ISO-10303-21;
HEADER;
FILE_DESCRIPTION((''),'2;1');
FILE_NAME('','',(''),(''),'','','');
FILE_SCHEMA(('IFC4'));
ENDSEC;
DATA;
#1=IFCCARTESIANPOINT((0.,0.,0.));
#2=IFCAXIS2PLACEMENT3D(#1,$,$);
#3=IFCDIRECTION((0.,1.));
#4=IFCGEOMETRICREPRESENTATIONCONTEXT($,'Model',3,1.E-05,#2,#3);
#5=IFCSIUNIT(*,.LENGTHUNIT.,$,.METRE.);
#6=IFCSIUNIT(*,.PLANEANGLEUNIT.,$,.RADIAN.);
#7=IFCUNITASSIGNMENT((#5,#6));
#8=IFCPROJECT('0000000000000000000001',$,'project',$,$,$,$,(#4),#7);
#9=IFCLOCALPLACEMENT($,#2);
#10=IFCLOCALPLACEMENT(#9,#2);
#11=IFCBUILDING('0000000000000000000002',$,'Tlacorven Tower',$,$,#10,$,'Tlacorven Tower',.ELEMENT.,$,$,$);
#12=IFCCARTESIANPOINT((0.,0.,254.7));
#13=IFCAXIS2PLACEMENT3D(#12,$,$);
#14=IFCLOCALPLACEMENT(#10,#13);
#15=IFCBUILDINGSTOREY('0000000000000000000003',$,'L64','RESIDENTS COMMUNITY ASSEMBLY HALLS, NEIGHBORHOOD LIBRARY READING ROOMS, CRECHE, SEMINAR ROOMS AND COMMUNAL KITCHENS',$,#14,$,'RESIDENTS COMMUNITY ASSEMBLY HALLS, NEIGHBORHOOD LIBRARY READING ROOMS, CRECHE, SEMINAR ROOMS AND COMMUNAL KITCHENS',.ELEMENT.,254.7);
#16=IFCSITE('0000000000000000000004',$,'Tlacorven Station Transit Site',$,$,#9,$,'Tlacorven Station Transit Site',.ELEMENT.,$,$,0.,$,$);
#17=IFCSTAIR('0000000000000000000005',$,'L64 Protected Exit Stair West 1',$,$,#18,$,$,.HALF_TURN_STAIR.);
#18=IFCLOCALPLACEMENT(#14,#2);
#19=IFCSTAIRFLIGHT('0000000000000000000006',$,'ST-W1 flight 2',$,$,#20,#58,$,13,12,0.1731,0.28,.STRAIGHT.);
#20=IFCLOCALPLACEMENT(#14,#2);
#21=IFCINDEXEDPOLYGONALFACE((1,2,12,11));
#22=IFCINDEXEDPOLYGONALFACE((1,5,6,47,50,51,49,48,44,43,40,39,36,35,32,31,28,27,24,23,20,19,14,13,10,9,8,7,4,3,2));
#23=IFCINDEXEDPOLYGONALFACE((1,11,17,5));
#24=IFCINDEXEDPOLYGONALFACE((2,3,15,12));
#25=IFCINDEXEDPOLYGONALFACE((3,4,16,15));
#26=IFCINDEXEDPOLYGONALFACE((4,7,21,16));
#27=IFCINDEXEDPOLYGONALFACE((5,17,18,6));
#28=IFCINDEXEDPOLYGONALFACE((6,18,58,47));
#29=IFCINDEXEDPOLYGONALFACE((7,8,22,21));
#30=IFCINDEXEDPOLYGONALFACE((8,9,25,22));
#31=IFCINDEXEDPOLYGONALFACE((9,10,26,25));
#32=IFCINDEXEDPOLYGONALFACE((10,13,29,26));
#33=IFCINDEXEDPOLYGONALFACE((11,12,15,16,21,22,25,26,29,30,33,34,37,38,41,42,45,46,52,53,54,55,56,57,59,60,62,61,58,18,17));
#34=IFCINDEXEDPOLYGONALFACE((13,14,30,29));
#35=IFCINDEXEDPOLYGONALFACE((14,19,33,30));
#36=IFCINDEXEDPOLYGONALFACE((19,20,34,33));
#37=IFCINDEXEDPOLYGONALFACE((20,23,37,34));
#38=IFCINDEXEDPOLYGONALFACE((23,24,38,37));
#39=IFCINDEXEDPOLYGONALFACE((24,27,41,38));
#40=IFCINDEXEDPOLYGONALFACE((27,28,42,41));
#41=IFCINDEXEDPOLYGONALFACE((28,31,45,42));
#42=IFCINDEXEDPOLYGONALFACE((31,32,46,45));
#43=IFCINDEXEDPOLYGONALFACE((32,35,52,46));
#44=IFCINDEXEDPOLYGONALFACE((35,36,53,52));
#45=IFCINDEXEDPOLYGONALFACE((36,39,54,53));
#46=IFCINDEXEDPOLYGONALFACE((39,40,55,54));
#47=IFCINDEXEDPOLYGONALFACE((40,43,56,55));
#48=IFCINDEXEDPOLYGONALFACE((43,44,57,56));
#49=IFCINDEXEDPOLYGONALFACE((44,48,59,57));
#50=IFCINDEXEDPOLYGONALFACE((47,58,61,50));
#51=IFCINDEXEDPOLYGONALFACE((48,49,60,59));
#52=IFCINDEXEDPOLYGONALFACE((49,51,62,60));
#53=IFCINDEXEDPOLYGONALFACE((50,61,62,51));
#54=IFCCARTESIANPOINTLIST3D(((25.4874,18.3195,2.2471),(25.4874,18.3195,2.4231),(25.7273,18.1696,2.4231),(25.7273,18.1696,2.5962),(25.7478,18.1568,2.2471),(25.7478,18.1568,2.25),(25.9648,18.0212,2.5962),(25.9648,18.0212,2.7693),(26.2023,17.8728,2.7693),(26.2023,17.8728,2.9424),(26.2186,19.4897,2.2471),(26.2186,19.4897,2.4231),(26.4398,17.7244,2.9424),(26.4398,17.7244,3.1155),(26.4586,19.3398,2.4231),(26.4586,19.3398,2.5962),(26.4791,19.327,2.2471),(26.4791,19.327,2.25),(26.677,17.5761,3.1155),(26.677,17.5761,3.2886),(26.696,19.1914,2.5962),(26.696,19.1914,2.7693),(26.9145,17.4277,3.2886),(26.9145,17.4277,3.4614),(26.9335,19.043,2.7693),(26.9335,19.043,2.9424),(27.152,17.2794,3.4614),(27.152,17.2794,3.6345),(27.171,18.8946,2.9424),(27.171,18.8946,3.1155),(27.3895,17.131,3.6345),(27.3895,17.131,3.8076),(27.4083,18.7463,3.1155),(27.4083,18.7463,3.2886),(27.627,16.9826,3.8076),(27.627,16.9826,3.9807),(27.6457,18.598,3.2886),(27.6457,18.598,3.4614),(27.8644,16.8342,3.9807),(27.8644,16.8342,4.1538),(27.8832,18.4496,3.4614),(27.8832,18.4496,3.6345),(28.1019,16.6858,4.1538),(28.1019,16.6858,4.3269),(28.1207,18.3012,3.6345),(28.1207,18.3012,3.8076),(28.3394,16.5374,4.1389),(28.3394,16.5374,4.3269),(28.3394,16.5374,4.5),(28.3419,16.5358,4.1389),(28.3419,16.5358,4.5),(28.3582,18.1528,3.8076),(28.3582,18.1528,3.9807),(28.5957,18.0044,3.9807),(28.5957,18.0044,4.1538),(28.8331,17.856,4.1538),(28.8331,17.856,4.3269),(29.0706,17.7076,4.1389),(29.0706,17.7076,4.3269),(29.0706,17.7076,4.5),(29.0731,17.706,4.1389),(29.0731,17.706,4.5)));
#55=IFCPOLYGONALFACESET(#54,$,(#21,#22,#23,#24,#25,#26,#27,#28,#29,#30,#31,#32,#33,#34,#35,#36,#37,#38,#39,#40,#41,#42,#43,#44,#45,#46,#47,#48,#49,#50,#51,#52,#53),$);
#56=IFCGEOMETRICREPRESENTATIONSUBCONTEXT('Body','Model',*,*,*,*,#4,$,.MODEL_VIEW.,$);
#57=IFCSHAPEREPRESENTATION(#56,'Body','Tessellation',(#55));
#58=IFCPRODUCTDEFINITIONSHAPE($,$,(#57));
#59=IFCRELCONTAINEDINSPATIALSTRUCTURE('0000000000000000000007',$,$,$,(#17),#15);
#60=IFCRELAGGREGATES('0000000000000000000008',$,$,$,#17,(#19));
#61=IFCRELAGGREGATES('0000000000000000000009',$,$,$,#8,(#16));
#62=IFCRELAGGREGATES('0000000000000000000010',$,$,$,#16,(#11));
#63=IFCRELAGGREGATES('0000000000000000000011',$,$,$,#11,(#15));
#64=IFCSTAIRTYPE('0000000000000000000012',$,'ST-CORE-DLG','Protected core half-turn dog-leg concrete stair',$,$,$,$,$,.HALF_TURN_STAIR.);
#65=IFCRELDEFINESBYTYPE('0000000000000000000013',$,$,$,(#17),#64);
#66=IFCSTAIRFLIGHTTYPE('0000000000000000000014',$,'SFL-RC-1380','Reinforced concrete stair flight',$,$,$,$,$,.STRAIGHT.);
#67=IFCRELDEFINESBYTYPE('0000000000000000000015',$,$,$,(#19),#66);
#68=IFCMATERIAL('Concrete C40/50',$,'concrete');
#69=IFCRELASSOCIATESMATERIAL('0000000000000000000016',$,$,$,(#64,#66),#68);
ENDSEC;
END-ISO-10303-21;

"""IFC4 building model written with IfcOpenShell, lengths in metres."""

from ifc_helpers import new_model, si_unit, direction, frame, origin, place, context, subcontext, project, spatial, polyline, outline, extrude, source, transform, mapped, material, type_object, element, aggregate, save


model = new_model("IFC4")

# Units and contexts
model_context = context("Model", 3, precision=1e-05, world=origin(), true_north=direction((0.0, 1.0)))
body_context = subcontext(model_context, "Body", "Model", "MODEL_VIEW")
ifc_project = project(units=[si_unit("LENGTHUNIT", "METRE"), si_unit("PLANEANGLEUNIT", "RADIAN")], contexts=[model_context])

# Site, building, storey
site_placement = place(None, origin())
site = spatial("IfcSite", under=ifc_project, at=site_placement, Name="Tlacorven Station Transit Site", LongName="Tlacorven Station Transit Site", CompositionType="ELEMENT", RefElevation=0.0)
building_placement = place(site_placement, origin())
building = spatial("IfcBuilding", under=site, at=building_placement, Name="Tlacorven Tower", LongName="Tlacorven Tower", CompositionType="ELEMENT")
storey_placement = place(building_placement, frame((0.0, 0.0, 254.7)))
storey = spatial("IfcBuildingStorey", under=building, at=storey_placement, Name="L64", Description="RESIDENTS COMMUNITY ASSEMBLY HALLS, NEIGHBORHOOD LIBRARY READING ROOMS, CRECHE, SEMINAR ROOMS AND COMMUNAL KITCHENS", LongName="RESIDENTS COMMUNITY ASSEMBLY HALLS, NEIGHBORHOOD LIBRARY READING ROOMS, CRECHE, SEMINAR ROOMS AND COMMUNAL KITCHENS", CompositionType="ELEMENT", Elevation=254.7)

# Stair, stair flight
ifc_material_1 = material(Name="Concrete C40/50", Category="concrete")
stair_type = type_object("IfcStairType", Name="ST-CORE-DLG", Description="Protected core half-turn dog-leg concrete stair", PredefinedType="HALF_TURN_STAIR", material=ifc_material_1)
stair_placement = place(storey_placement, origin())
stair = element("IfcStair", 1, at=stair_placement, inside=storey, type_object=stair_type, Name="L64 Protected Exit Stair West 1", PredefinedType="HALF_TURN_STAIR")
stair_flight_type = type_object("IfcStairFlightType", Name="SFL-RC-1380", Description="Reinforced concrete stair flight", PredefinedType="STRAIGHT", material=ifc_material_1)
shared_shape_1 = source(origin(), body_context, "Body", "SweptSolid", [
    extrude(outline(polyline([(-0.0029, -0.0029), (-0.0029, 0.1731), (0.28, 0.1731), (0.28, 0.3462), (0.5601, 0.3462), (0.5601, 0.5193), (0.8401, 0.5193), (0.8401, 0.6924), (1.1201, 0.6924), (1.1201, 0.8655), (1.3999, 0.8655), (1.3999, 1.0386), (1.6799, 1.0386), (1.6799, 1.2114), (1.96, 1.2114), (1.96, 1.3845), (2.24, 1.3845), (2.24, 1.5576), (2.52, 1.5576), (2.52, 1.7307), (2.8, 1.7307), (2.8, 1.9038), (3.0801, 1.9038), (3.0801, 2.0769), (3.3601, 2.0769), (3.3601, 2.25), (3.363, 2.25), (3.363, 1.8889), (3.3601, 1.8889), (0.3042, 0.0), (0.3042, -0.0029), (-0.0029, -0.0029)])), frame((0.0, 0.6899, 0.0), z_axis=(0.0, -1.0, 0.0), x_axis=(1.0, 0.0, 0.0)), (0.0, 0.0, 1.0), 1.3799),
])
stair_flight_placement = place(storey_placement, frame((25.8555, 18.9031, 2.25), z_axis=(0.0, 0.0, 1.0), x_axis=(0.848048, -0.529919, 0.0)))
stair_flight = element("IfcStairFlight", 2, at=stair_flight_placement, type_object=stair_flight_type, Name="ST-W1 flight 2", NumberOfRisers=13, NumberOfTreads=12, PredefinedType="STRAIGHT", RiserHeight=0.1731, TreadLength=0.28, context=body_context, shape_type="MappedRepresentation", body=[
    mapped(shared_shape_1, transform((0.0, 0.0, 0.0), scale=1.0)),
])
aggregate(stair, [stair_flight])

save(model, "model.ifc")
